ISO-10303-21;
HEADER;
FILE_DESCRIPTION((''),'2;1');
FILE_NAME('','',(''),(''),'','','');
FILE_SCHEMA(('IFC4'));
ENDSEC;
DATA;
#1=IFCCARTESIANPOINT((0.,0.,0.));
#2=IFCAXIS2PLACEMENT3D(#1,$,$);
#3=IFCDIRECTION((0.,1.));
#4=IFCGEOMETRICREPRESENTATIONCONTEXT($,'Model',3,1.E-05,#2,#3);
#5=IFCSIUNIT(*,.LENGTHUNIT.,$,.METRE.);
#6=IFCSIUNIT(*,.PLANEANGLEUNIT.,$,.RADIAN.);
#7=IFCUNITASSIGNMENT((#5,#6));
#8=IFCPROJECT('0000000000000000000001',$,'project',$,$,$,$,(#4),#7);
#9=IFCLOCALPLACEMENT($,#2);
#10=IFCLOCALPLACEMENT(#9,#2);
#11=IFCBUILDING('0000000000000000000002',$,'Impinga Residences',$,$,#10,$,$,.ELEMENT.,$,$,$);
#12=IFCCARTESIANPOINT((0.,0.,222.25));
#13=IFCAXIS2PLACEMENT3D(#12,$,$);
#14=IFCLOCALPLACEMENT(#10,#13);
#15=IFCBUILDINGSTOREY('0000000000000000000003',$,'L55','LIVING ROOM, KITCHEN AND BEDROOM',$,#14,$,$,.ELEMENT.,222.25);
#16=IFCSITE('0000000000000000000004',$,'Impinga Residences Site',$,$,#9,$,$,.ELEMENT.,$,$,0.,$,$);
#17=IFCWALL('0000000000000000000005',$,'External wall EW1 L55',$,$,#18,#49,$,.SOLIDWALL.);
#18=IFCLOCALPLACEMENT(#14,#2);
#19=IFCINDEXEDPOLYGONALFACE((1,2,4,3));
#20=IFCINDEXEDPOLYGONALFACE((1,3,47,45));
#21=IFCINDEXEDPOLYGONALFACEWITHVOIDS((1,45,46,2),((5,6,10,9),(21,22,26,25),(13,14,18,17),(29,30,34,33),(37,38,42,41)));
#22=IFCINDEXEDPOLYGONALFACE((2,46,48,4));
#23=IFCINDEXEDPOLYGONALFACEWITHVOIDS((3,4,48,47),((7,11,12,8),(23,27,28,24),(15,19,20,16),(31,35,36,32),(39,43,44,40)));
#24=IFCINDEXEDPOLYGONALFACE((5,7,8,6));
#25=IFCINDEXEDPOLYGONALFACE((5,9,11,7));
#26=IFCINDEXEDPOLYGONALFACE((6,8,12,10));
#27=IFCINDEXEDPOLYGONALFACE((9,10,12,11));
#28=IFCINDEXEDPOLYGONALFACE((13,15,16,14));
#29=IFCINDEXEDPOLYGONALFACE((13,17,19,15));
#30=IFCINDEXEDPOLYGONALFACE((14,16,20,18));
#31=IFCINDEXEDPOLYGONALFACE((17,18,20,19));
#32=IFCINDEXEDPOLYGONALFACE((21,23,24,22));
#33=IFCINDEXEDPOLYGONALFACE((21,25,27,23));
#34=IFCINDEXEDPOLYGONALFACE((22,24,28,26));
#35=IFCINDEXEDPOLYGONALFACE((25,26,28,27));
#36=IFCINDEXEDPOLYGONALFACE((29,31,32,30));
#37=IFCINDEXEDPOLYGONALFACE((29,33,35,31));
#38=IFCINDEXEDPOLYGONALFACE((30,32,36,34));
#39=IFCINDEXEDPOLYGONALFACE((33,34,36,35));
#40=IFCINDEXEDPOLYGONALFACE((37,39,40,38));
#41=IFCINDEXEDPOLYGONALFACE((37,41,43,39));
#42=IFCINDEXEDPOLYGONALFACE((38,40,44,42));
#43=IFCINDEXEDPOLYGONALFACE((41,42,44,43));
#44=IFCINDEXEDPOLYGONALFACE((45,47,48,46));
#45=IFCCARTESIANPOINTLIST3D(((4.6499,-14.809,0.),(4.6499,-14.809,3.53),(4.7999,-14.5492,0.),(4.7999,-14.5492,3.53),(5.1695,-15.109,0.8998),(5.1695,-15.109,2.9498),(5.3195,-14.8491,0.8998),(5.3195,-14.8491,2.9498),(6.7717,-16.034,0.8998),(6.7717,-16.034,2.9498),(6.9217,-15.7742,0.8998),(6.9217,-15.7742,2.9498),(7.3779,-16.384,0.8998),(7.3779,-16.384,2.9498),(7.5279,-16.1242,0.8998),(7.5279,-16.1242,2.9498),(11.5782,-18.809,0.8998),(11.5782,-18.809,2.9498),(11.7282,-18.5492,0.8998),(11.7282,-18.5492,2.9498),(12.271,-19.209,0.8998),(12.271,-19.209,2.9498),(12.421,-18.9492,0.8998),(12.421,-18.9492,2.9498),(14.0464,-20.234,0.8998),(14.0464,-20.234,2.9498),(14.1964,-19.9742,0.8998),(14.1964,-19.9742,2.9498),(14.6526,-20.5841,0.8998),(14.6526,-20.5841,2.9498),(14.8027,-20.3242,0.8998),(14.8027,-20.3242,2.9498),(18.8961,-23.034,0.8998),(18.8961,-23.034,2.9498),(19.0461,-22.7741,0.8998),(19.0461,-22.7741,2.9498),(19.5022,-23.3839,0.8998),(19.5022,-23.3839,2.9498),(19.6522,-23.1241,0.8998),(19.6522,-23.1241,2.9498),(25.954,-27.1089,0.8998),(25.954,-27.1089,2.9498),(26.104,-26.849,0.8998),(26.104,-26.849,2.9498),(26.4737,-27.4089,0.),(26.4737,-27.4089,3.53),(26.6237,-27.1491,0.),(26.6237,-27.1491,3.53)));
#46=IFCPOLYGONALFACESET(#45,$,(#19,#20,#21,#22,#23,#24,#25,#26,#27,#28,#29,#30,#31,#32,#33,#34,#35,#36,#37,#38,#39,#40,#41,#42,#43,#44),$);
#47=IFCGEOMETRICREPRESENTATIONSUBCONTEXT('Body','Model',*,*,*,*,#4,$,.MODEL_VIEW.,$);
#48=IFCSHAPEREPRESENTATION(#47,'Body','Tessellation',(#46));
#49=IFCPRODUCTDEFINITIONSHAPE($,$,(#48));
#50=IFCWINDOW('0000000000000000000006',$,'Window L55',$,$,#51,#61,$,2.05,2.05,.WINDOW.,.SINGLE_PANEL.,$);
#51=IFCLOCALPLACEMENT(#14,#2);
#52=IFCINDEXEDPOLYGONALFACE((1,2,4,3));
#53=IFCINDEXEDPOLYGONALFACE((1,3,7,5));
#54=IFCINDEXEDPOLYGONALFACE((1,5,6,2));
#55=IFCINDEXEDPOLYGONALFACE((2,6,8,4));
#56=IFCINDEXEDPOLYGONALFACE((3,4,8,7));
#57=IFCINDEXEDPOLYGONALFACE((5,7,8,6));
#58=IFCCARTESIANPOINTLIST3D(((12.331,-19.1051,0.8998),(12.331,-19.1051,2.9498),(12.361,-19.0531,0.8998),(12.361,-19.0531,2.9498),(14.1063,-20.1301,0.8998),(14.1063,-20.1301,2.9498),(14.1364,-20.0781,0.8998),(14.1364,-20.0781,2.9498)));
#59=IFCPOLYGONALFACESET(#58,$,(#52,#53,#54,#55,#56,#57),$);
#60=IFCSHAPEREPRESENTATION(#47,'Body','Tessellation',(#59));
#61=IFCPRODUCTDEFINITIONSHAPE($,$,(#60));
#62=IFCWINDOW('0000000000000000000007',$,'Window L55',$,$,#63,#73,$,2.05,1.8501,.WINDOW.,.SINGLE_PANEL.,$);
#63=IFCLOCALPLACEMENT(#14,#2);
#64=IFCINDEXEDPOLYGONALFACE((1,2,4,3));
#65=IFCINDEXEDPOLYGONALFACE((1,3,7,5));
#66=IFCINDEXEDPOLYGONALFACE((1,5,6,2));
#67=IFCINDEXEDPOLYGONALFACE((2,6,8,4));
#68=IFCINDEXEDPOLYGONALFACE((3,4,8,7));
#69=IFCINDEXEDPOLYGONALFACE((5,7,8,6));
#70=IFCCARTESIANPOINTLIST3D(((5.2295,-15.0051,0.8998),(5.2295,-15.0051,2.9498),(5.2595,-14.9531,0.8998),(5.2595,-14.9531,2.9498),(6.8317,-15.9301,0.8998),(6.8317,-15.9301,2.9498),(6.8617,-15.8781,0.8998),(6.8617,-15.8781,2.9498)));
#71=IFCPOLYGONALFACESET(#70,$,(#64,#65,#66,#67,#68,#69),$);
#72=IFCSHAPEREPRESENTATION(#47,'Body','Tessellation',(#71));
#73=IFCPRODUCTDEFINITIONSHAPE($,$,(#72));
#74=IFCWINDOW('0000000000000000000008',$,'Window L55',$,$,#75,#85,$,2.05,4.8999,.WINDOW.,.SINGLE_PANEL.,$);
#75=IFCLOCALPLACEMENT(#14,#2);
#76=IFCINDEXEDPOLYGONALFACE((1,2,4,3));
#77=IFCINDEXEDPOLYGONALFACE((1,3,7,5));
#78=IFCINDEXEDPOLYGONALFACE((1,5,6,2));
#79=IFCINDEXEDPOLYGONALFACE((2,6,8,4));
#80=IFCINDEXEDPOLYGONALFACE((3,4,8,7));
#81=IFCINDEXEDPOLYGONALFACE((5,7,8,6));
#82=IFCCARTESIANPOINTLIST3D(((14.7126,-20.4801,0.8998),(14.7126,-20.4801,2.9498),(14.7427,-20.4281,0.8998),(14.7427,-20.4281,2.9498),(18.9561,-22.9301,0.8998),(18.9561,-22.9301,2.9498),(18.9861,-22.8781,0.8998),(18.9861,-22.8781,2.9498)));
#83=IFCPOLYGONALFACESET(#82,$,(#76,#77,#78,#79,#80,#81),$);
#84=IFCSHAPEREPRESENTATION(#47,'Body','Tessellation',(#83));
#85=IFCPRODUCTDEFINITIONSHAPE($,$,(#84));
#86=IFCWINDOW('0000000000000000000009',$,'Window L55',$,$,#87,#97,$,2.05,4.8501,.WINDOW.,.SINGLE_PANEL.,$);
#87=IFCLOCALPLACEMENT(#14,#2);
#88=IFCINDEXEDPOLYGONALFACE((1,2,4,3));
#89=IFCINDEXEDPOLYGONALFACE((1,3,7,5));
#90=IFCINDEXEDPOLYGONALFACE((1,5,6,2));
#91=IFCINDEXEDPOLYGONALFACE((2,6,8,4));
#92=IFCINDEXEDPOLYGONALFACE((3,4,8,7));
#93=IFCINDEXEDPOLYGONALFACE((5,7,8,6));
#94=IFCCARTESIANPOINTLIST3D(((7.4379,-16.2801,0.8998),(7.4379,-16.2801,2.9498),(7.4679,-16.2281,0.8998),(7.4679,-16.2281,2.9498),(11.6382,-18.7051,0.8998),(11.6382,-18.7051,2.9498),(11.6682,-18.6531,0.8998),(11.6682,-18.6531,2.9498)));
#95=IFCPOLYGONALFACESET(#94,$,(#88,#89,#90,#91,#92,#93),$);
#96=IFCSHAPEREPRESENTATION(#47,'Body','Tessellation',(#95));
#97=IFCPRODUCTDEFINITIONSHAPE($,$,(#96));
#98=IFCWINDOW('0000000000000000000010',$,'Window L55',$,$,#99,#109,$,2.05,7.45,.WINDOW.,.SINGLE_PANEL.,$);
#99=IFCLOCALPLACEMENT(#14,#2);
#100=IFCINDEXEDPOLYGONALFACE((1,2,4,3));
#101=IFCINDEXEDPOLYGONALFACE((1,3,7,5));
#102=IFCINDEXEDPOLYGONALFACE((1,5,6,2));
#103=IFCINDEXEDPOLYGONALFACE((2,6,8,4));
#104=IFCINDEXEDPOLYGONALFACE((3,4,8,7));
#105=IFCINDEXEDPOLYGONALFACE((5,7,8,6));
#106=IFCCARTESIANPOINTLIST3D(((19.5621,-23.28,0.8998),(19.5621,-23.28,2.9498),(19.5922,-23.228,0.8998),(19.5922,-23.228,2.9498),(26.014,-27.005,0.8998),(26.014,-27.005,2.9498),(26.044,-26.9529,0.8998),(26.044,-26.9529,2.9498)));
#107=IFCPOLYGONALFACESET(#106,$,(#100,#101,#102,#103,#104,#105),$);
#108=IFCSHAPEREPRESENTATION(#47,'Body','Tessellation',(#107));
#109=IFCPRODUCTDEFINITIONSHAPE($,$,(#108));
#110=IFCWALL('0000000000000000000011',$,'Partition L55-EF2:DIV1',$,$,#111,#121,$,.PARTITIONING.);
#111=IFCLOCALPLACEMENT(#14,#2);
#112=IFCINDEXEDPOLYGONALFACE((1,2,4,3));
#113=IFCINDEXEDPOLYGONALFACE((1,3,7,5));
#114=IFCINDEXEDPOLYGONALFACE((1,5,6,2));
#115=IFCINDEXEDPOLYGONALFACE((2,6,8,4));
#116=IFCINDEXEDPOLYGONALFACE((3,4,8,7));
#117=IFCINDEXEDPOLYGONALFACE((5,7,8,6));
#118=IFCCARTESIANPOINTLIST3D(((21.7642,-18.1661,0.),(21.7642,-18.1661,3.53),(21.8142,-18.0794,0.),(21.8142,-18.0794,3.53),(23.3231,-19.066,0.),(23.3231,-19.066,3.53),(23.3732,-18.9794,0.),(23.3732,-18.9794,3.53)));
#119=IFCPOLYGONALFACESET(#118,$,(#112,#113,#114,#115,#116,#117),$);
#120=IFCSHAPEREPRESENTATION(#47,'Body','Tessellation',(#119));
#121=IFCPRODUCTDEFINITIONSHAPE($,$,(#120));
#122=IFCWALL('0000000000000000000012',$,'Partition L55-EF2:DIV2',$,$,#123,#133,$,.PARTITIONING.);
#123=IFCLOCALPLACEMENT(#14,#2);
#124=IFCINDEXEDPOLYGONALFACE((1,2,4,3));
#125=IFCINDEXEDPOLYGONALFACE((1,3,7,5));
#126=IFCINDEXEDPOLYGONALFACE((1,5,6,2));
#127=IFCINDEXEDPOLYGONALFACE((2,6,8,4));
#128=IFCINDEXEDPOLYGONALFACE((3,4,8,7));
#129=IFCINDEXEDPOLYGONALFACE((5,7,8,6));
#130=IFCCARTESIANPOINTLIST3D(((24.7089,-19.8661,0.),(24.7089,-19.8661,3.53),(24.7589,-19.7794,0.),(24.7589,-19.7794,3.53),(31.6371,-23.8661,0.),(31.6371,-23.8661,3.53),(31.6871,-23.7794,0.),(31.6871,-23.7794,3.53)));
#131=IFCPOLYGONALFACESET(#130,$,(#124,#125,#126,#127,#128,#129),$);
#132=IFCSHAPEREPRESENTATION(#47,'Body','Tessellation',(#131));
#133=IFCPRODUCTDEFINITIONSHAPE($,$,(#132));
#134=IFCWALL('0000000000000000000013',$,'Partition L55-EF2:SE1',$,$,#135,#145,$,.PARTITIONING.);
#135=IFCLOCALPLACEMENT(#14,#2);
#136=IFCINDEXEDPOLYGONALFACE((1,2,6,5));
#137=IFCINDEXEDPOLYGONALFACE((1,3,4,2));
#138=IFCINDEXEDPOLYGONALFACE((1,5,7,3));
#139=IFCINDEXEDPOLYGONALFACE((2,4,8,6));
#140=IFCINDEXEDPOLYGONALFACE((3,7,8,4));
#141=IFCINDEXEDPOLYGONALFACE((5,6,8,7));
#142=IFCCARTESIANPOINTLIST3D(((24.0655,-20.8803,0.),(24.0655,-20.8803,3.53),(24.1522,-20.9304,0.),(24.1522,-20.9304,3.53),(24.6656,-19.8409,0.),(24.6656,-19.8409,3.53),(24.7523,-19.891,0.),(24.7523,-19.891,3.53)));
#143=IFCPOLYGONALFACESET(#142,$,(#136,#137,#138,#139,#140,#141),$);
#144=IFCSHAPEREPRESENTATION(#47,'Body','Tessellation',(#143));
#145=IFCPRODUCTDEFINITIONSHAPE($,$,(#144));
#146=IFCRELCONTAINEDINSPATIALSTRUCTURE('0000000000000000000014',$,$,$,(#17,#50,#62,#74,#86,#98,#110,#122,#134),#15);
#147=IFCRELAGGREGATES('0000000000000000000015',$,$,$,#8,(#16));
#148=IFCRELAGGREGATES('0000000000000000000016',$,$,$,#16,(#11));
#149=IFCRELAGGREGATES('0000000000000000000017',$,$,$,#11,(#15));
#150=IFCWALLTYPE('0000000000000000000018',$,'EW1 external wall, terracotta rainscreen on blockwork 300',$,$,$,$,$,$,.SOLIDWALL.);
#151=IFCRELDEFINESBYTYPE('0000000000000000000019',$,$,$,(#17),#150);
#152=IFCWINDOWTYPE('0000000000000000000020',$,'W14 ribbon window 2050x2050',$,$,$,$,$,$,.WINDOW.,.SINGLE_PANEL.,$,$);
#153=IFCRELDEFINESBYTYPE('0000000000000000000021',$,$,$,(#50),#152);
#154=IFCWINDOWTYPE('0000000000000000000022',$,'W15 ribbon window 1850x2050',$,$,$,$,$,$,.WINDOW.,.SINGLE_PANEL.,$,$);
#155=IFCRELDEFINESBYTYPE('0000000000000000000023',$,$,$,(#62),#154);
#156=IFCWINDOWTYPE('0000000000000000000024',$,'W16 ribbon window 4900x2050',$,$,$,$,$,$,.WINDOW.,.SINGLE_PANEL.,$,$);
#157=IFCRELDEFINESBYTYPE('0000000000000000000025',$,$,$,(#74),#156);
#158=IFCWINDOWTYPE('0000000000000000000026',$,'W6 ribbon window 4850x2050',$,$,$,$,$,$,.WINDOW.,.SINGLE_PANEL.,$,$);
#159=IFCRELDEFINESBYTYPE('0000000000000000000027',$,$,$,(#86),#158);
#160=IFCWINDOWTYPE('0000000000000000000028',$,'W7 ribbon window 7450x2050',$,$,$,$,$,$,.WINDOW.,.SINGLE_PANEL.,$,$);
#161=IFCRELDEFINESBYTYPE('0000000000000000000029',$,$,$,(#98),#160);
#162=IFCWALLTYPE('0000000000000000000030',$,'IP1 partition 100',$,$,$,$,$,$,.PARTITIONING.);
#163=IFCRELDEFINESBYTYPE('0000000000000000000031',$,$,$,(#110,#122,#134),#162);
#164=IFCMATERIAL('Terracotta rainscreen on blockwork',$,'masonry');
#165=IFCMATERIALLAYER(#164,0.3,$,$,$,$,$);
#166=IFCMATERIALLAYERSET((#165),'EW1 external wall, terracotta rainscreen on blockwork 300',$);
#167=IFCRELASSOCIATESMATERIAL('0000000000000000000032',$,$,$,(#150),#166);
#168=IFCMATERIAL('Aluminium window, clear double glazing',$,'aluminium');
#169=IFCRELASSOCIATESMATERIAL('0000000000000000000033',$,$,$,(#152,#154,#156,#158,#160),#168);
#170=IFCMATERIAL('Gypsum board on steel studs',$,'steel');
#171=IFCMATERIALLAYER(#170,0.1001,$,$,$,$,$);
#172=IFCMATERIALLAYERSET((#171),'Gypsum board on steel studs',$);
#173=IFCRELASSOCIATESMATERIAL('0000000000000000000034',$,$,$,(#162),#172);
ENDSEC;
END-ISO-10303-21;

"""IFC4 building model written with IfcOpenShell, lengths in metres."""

from ifc_helpers import new_model, si_unit, direction, frame, frame_2d, origin, place, context, subcontext, project, spatial, rectangle, extrude, material, layer, layer_set, type_object, element, fill, save


model = new_model("IFC4")

# Units and contexts
model_context = context("Model", 3, precision=1e-05, world=origin(), true_north=direction((0.0, 1.0)))
body_context = subcontext(model_context, "Body", "Model", "MODEL_VIEW")
ifc_project = project(units=[si_unit("LENGTHUNIT", "METRE"), si_unit("PLANEANGLEUNIT", "RADIAN")], contexts=[model_context])

# Site, building, storey
site_placement = place(None, origin())
site = spatial("IfcSite", under=ifc_project, at=site_placement, Name="Impinga Residences Site", CompositionType="ELEMENT", RefElevation=0.0)
building_placement = place(site_placement, origin())
building = spatial("IfcBuilding", under=site, at=building_placement, Name="Impinga Residences", CompositionType="ELEMENT")
storey_placement = place(building_placement, frame((0.0, 0.0, 222.25)))
storey = spatial("IfcBuildingStorey", under=building, at=storey_placement, Name="L55", Description="LIVING ROOM, KITCHEN AND BEDROOM", CompositionType="ELEMENT", Elevation=222.25)

# Shared definitions
ifc_material_1 = material(Name="Terracotta rainscreen on blockwork", Category="masonry")
ifc_layer_1 = layer(ifc_material_1, 0.3)
ifc_layer_set_1 = layer_set([ifc_layer_1], Name="EW1 external wall, terracotta rainscreen on blockwork 300")
wall_type_1 = type_object("IfcWallType", Name="EW1 external wall, terracotta rainscreen on blockwork 300", PredefinedType="SOLIDWALL", material=ifc_layer_set_1)

# Wall, openings, windows
wall_1_placement = place(storey_placement, frame((26.5488, -27.2791, 0.0), z_axis=(0.0, 0.0, 1.0), x_axis=(-0.866027, 0.499998, 0.0)))
wall_1 = element("IfcWall", 1, at=wall_1_placement, inside=storey, type_object=wall_type_1, Name="External wall EW1 L55", PredefinedType="SOLIDWALL", context=body_context, shape_type="SweptSolid", body=[
    extrude(rectangle(XDim=25.2, YDim=0.3, at=frame_2d((12.6001, 0.0))), origin(), (0.0, 0.0, 1.0), 3.53),
])
opening_1_placement = place(wall_1_placement, frame((0.6001, 0.0, 0.8999)))
opening_1 = element("IfcOpeningElement", 2, at=opening_1_placement, cuts=wall_1, PredefinedType="OPENING", context=body_context, shape_type="SweptSolid", body=[
    extrude(rectangle(XDim=7.45, YDim=2.05, at=frame_2d((3.7251, 1.0249))), frame((0.0, 0.1599, 0.0), z_axis=(0.0, -1.0, 0.0), x_axis=(1.0, 0.0, 0.0)), (0.0, 0.0, 1.0), 0.3201),
])
opening_2_placement = place(wall_1_placement, frame((8.75, 0.0, 0.8999)))
opening_2 = element("IfcOpeningElement", 3, at=opening_2_placement, cuts=wall_1, PredefinedType="OPENING", context=body_context, shape_type="SweptSolid", body=[
    extrude(rectangle(XDim=4.8999, YDim=2.05, at=frame_2d((2.45, 1.0249))), frame((0.0, 0.1599, 0.0), z_axis=(0.0, -1.0, 0.0), x_axis=(1.0, 0.0, 0.0)), (0.0, 0.0, 1.0), 0.3201),
])
opening_3_placement = place(wall_1_placement, frame((14.3501, 0.0, 0.8999)))
opening_3 = element("IfcOpeningElement", 4, at=opening_3_placement, cuts=wall_1, PredefinedType="OPENING", context=body_context, shape_type="SweptSolid", body=[
    extrude(rectangle(XDim=2.05, YDim=2.05, at=frame_2d((1.0249, 1.0249))), frame((0.0, 0.1599, 0.0), z_axis=(0.0, -1.0, 0.0), x_axis=(1.0, 0.0, 0.0)), (0.0, 0.0, 1.0), 0.3201),
])
opening_4_placement = place(wall_1_placement, frame((17.2, 0.0, 0.8999)))
opening_4 = element("IfcOpeningElement", 5, at=opening_4_placement, cuts=wall_1, PredefinedType="OPENING", context=body_context, shape_type="SweptSolid", body=[
    extrude(rectangle(XDim=4.8501, YDim=2.05, at=frame_2d((2.425, 1.0249))), frame((0.0, 0.1599, 0.0), z_axis=(0.0, -1.0, 0.0), x_axis=(1.0, 0.0, 0.0)), (0.0, 0.0, 1.0), 0.3201),
])
opening_5_placement = place(wall_1_placement, frame((22.75, 0.0, 0.8999)))
opening_5 = element("IfcOpeningElement", 6, at=opening_5_placement, cuts=wall_1, PredefinedType="OPENING", context=body_context, shape_type="SweptSolid", body=[
    extrude(rectangle(XDim=1.8501, YDim=2.05, at=frame_2d((0.925, 1.0249))), frame((0.0, 0.1599, 0.0), z_axis=(0.0, -1.0, 0.0), x_axis=(1.0, 0.0, 0.0)), (0.0, 0.0, 1.0), 0.3201),
])
ifc_material_2 = material(Name="Aluminium window, clear double glazing", Category="aluminium")
window_type_1 = type_object("IfcWindowType", Name="W14 ribbon window 2050x2050", PartitioningType="SINGLE_PANEL", PredefinedType="WINDOW", material=ifc_material_2)
window_1_placement = place(opening_3_placement, origin())
window_1 = element("IfcWindow", 7, at=window_1_placement, inside=storey, type_object=window_type_1, Name="Window L55", OverallHeight=2.05, OverallWidth=2.05, PartitioningType="SINGLE_PANEL", PredefinedType="WINDOW", context=body_context, shape_type="SweptSolid", body=[
    extrude(rectangle(XDim=2.05, YDim=2.05, at=frame_2d((1.0249, 1.0249))), frame((0.0, 0.03, 0.0), z_axis=(0.0, -1.0, 0.0), x_axis=(1.0, 0.0, 0.0)), (0.0, 0.0, 1.0), 0.0601),
])
fill(opening_3, window_1)
window_type_2 = type_object("IfcWindowType", Name="W15 ribbon window 1850x2050", PartitioningType="SINGLE_PANEL", PredefinedType="WINDOW", material=ifc_material_2)
window_2_placement = place(opening_5_placement, origin())
window_2 = element("IfcWindow", 8, at=window_2_placement, inside=storey, type_object=window_type_2, Name="Window L55", OverallHeight=2.05, OverallWidth=1.8501, PartitioningType="SINGLE_PANEL", PredefinedType="WINDOW", context=body_context, shape_type="SweptSolid", body=[
    extrude(rectangle(XDim=1.8501, YDim=2.05, at=frame_2d((0.925, 1.0249))), frame((0.0, 0.03, 0.0), z_axis=(0.0, -1.0, 0.0), x_axis=(1.0, 0.0, 0.0)), (0.0, 0.0, 1.0), 0.0601),
])
fill(opening_5, window_2)
window_type_3 = type_object("IfcWindowType", Name="W16 ribbon window 4900x2050", PartitioningType="SINGLE_PANEL", PredefinedType="WINDOW", material=ifc_material_2)
window_3_placement = place(opening_2_placement, origin())
window_3 = element("IfcWindow", 9, at=window_3_placement, inside=storey, type_object=window_type_3, Name="Window L55", OverallHeight=2.05, OverallWidth=4.8999, PartitioningType="SINGLE_PANEL", PredefinedType="WINDOW", context=body_context, shape_type="SweptSolid", body=[
    extrude(rectangle(XDim=4.8999, YDim=2.05, at=frame_2d((2.45, 1.0249))), frame((0.0, 0.03, 0.0), z_axis=(0.0, -1.0, 0.0), x_axis=(1.0, 0.0, 0.0)), (0.0, 0.0, 1.0), 0.0601),
])
fill(opening_2, window_3)
window_type_4 = type_object("IfcWindowType", Name="W6 ribbon window 4850x2050", PartitioningType="SINGLE_PANEL", PredefinedType="WINDOW", material=ifc_material_2)
window_4_placement = place(opening_4_placement, origin())
window_4 = element("IfcWindow", 10, at=window_4_placement, inside=storey, type_object=window_type_4, Name="Window L55", OverallHeight=2.05, OverallWidth=4.8501, PartitioningType="SINGLE_PANEL", PredefinedType="WINDOW", context=body_context, shape_type="SweptSolid", body=[
    extrude(rectangle(XDim=4.8501, YDim=2.05, at=frame_2d((2.425, 1.0249))), frame((0.0, 0.03, 0.0), z_axis=(0.0, -1.0, 0.0), x_axis=(1.0, 0.0, 0.0)), (0.0, 0.0, 1.0), 0.0601),
])
fill(opening_4, window_4)
window_type_5 = type_object("IfcWindowType", Name="W7 ribbon window 7450x2050", PartitioningType="SINGLE_PANEL", PredefinedType="WINDOW", material=ifc_material_2)
window_5_placement = place(opening_1_placement, origin())
window_5 = element("IfcWindow", 11, at=window_5_placement, inside=storey, type_object=window_type_5, Name="Window L55", OverallHeight=2.05, OverallWidth=7.45, PartitioningType="SINGLE_PANEL", PredefinedType="WINDOW", context=body_context, shape_type="SweptSolid", body=[
    extrude(rectangle(XDim=7.45, YDim=2.05, at=frame_2d((3.7251, 1.0249))), frame((0.0, 0.03, 0.0), z_axis=(0.0, -1.0, 0.0), x_axis=(1.0, 0.0, 0.0)), (0.0, 0.0, 1.0), 0.0601),
])
fill(opening_1, window_5)

# Walls
ifc_material_3 = material(Name="Gypsum board on steel studs", Category="steel")
ifc_layer_2 = layer(ifc_material_3, 0.1001)
ifc_layer_set_2 = layer_set([ifc_layer_2], Name="Gypsum board on steel studs")
wall_type_2 = type_object("IfcWallType", Name="IP1 partition 100", PredefinedType="PARTITIONING", material=ifc_layer_set_2)
wall_2_placement = place(storey_placement, frame((21.7893, -18.1228, 0.0), z_axis=(0.0, 0.0, 1.0), x_axis=(0.866048, -0.499961, 0.0)))
element("IfcWall", 12, at=wall_2_placement, inside=storey, type_object=wall_type_2, Name="Partition L55-EF2:DIV1", PredefinedType="PARTITIONING", context=body_context, shape_type="SweptSolid", body=[
    extrude(rectangle(XDim=1.8, YDim=0.1001, at=frame_2d((0.8999, 0.0))), origin(), (0.0, 0.0, 1.0), 3.53),
])
wall_3_placement = place(storey_placement, frame((24.7339, -19.8228, 0.0), z_axis=(0.0, 0.0, 1.0), x_axis=(0.866026, -0.499999, 0.0)))
element("IfcWall", 13, at=wall_3_placement, inside=storey, type_object=wall_type_2, Name="Partition L55-EF2:DIV2", PredefinedType="PARTITIONING", context=body_context, shape_type="SweptSolid", body=[
    extrude(rectangle(XDim=8.0, YDim=0.1001, at=frame_2d((4.0, 0.0))), origin(), (0.0, 0.0, 1.0), 3.53),
])
wall_4_placement = place(storey_placement, frame((24.709, -19.866, 0.0), z_axis=(0.0, 0.0, 1.0), x_axis=(-0.500034, -0.866006, 0.0)))
element("IfcWall", 14, at=wall_4_placement, inside=storey, type_object=wall_type_2, Name="Partition L55-EF2:SE1", PredefinedType="PARTITIONING", context=body_context, shape_type="SweptSolid", body=[
    extrude(rectangle(XDim=1.2002, YDim=0.1001, at=frame_2d((0.6001, 0.0))), origin(), (0.0, 0.0, 1.0), 3.53),
])

save(model, "model.ifc")
